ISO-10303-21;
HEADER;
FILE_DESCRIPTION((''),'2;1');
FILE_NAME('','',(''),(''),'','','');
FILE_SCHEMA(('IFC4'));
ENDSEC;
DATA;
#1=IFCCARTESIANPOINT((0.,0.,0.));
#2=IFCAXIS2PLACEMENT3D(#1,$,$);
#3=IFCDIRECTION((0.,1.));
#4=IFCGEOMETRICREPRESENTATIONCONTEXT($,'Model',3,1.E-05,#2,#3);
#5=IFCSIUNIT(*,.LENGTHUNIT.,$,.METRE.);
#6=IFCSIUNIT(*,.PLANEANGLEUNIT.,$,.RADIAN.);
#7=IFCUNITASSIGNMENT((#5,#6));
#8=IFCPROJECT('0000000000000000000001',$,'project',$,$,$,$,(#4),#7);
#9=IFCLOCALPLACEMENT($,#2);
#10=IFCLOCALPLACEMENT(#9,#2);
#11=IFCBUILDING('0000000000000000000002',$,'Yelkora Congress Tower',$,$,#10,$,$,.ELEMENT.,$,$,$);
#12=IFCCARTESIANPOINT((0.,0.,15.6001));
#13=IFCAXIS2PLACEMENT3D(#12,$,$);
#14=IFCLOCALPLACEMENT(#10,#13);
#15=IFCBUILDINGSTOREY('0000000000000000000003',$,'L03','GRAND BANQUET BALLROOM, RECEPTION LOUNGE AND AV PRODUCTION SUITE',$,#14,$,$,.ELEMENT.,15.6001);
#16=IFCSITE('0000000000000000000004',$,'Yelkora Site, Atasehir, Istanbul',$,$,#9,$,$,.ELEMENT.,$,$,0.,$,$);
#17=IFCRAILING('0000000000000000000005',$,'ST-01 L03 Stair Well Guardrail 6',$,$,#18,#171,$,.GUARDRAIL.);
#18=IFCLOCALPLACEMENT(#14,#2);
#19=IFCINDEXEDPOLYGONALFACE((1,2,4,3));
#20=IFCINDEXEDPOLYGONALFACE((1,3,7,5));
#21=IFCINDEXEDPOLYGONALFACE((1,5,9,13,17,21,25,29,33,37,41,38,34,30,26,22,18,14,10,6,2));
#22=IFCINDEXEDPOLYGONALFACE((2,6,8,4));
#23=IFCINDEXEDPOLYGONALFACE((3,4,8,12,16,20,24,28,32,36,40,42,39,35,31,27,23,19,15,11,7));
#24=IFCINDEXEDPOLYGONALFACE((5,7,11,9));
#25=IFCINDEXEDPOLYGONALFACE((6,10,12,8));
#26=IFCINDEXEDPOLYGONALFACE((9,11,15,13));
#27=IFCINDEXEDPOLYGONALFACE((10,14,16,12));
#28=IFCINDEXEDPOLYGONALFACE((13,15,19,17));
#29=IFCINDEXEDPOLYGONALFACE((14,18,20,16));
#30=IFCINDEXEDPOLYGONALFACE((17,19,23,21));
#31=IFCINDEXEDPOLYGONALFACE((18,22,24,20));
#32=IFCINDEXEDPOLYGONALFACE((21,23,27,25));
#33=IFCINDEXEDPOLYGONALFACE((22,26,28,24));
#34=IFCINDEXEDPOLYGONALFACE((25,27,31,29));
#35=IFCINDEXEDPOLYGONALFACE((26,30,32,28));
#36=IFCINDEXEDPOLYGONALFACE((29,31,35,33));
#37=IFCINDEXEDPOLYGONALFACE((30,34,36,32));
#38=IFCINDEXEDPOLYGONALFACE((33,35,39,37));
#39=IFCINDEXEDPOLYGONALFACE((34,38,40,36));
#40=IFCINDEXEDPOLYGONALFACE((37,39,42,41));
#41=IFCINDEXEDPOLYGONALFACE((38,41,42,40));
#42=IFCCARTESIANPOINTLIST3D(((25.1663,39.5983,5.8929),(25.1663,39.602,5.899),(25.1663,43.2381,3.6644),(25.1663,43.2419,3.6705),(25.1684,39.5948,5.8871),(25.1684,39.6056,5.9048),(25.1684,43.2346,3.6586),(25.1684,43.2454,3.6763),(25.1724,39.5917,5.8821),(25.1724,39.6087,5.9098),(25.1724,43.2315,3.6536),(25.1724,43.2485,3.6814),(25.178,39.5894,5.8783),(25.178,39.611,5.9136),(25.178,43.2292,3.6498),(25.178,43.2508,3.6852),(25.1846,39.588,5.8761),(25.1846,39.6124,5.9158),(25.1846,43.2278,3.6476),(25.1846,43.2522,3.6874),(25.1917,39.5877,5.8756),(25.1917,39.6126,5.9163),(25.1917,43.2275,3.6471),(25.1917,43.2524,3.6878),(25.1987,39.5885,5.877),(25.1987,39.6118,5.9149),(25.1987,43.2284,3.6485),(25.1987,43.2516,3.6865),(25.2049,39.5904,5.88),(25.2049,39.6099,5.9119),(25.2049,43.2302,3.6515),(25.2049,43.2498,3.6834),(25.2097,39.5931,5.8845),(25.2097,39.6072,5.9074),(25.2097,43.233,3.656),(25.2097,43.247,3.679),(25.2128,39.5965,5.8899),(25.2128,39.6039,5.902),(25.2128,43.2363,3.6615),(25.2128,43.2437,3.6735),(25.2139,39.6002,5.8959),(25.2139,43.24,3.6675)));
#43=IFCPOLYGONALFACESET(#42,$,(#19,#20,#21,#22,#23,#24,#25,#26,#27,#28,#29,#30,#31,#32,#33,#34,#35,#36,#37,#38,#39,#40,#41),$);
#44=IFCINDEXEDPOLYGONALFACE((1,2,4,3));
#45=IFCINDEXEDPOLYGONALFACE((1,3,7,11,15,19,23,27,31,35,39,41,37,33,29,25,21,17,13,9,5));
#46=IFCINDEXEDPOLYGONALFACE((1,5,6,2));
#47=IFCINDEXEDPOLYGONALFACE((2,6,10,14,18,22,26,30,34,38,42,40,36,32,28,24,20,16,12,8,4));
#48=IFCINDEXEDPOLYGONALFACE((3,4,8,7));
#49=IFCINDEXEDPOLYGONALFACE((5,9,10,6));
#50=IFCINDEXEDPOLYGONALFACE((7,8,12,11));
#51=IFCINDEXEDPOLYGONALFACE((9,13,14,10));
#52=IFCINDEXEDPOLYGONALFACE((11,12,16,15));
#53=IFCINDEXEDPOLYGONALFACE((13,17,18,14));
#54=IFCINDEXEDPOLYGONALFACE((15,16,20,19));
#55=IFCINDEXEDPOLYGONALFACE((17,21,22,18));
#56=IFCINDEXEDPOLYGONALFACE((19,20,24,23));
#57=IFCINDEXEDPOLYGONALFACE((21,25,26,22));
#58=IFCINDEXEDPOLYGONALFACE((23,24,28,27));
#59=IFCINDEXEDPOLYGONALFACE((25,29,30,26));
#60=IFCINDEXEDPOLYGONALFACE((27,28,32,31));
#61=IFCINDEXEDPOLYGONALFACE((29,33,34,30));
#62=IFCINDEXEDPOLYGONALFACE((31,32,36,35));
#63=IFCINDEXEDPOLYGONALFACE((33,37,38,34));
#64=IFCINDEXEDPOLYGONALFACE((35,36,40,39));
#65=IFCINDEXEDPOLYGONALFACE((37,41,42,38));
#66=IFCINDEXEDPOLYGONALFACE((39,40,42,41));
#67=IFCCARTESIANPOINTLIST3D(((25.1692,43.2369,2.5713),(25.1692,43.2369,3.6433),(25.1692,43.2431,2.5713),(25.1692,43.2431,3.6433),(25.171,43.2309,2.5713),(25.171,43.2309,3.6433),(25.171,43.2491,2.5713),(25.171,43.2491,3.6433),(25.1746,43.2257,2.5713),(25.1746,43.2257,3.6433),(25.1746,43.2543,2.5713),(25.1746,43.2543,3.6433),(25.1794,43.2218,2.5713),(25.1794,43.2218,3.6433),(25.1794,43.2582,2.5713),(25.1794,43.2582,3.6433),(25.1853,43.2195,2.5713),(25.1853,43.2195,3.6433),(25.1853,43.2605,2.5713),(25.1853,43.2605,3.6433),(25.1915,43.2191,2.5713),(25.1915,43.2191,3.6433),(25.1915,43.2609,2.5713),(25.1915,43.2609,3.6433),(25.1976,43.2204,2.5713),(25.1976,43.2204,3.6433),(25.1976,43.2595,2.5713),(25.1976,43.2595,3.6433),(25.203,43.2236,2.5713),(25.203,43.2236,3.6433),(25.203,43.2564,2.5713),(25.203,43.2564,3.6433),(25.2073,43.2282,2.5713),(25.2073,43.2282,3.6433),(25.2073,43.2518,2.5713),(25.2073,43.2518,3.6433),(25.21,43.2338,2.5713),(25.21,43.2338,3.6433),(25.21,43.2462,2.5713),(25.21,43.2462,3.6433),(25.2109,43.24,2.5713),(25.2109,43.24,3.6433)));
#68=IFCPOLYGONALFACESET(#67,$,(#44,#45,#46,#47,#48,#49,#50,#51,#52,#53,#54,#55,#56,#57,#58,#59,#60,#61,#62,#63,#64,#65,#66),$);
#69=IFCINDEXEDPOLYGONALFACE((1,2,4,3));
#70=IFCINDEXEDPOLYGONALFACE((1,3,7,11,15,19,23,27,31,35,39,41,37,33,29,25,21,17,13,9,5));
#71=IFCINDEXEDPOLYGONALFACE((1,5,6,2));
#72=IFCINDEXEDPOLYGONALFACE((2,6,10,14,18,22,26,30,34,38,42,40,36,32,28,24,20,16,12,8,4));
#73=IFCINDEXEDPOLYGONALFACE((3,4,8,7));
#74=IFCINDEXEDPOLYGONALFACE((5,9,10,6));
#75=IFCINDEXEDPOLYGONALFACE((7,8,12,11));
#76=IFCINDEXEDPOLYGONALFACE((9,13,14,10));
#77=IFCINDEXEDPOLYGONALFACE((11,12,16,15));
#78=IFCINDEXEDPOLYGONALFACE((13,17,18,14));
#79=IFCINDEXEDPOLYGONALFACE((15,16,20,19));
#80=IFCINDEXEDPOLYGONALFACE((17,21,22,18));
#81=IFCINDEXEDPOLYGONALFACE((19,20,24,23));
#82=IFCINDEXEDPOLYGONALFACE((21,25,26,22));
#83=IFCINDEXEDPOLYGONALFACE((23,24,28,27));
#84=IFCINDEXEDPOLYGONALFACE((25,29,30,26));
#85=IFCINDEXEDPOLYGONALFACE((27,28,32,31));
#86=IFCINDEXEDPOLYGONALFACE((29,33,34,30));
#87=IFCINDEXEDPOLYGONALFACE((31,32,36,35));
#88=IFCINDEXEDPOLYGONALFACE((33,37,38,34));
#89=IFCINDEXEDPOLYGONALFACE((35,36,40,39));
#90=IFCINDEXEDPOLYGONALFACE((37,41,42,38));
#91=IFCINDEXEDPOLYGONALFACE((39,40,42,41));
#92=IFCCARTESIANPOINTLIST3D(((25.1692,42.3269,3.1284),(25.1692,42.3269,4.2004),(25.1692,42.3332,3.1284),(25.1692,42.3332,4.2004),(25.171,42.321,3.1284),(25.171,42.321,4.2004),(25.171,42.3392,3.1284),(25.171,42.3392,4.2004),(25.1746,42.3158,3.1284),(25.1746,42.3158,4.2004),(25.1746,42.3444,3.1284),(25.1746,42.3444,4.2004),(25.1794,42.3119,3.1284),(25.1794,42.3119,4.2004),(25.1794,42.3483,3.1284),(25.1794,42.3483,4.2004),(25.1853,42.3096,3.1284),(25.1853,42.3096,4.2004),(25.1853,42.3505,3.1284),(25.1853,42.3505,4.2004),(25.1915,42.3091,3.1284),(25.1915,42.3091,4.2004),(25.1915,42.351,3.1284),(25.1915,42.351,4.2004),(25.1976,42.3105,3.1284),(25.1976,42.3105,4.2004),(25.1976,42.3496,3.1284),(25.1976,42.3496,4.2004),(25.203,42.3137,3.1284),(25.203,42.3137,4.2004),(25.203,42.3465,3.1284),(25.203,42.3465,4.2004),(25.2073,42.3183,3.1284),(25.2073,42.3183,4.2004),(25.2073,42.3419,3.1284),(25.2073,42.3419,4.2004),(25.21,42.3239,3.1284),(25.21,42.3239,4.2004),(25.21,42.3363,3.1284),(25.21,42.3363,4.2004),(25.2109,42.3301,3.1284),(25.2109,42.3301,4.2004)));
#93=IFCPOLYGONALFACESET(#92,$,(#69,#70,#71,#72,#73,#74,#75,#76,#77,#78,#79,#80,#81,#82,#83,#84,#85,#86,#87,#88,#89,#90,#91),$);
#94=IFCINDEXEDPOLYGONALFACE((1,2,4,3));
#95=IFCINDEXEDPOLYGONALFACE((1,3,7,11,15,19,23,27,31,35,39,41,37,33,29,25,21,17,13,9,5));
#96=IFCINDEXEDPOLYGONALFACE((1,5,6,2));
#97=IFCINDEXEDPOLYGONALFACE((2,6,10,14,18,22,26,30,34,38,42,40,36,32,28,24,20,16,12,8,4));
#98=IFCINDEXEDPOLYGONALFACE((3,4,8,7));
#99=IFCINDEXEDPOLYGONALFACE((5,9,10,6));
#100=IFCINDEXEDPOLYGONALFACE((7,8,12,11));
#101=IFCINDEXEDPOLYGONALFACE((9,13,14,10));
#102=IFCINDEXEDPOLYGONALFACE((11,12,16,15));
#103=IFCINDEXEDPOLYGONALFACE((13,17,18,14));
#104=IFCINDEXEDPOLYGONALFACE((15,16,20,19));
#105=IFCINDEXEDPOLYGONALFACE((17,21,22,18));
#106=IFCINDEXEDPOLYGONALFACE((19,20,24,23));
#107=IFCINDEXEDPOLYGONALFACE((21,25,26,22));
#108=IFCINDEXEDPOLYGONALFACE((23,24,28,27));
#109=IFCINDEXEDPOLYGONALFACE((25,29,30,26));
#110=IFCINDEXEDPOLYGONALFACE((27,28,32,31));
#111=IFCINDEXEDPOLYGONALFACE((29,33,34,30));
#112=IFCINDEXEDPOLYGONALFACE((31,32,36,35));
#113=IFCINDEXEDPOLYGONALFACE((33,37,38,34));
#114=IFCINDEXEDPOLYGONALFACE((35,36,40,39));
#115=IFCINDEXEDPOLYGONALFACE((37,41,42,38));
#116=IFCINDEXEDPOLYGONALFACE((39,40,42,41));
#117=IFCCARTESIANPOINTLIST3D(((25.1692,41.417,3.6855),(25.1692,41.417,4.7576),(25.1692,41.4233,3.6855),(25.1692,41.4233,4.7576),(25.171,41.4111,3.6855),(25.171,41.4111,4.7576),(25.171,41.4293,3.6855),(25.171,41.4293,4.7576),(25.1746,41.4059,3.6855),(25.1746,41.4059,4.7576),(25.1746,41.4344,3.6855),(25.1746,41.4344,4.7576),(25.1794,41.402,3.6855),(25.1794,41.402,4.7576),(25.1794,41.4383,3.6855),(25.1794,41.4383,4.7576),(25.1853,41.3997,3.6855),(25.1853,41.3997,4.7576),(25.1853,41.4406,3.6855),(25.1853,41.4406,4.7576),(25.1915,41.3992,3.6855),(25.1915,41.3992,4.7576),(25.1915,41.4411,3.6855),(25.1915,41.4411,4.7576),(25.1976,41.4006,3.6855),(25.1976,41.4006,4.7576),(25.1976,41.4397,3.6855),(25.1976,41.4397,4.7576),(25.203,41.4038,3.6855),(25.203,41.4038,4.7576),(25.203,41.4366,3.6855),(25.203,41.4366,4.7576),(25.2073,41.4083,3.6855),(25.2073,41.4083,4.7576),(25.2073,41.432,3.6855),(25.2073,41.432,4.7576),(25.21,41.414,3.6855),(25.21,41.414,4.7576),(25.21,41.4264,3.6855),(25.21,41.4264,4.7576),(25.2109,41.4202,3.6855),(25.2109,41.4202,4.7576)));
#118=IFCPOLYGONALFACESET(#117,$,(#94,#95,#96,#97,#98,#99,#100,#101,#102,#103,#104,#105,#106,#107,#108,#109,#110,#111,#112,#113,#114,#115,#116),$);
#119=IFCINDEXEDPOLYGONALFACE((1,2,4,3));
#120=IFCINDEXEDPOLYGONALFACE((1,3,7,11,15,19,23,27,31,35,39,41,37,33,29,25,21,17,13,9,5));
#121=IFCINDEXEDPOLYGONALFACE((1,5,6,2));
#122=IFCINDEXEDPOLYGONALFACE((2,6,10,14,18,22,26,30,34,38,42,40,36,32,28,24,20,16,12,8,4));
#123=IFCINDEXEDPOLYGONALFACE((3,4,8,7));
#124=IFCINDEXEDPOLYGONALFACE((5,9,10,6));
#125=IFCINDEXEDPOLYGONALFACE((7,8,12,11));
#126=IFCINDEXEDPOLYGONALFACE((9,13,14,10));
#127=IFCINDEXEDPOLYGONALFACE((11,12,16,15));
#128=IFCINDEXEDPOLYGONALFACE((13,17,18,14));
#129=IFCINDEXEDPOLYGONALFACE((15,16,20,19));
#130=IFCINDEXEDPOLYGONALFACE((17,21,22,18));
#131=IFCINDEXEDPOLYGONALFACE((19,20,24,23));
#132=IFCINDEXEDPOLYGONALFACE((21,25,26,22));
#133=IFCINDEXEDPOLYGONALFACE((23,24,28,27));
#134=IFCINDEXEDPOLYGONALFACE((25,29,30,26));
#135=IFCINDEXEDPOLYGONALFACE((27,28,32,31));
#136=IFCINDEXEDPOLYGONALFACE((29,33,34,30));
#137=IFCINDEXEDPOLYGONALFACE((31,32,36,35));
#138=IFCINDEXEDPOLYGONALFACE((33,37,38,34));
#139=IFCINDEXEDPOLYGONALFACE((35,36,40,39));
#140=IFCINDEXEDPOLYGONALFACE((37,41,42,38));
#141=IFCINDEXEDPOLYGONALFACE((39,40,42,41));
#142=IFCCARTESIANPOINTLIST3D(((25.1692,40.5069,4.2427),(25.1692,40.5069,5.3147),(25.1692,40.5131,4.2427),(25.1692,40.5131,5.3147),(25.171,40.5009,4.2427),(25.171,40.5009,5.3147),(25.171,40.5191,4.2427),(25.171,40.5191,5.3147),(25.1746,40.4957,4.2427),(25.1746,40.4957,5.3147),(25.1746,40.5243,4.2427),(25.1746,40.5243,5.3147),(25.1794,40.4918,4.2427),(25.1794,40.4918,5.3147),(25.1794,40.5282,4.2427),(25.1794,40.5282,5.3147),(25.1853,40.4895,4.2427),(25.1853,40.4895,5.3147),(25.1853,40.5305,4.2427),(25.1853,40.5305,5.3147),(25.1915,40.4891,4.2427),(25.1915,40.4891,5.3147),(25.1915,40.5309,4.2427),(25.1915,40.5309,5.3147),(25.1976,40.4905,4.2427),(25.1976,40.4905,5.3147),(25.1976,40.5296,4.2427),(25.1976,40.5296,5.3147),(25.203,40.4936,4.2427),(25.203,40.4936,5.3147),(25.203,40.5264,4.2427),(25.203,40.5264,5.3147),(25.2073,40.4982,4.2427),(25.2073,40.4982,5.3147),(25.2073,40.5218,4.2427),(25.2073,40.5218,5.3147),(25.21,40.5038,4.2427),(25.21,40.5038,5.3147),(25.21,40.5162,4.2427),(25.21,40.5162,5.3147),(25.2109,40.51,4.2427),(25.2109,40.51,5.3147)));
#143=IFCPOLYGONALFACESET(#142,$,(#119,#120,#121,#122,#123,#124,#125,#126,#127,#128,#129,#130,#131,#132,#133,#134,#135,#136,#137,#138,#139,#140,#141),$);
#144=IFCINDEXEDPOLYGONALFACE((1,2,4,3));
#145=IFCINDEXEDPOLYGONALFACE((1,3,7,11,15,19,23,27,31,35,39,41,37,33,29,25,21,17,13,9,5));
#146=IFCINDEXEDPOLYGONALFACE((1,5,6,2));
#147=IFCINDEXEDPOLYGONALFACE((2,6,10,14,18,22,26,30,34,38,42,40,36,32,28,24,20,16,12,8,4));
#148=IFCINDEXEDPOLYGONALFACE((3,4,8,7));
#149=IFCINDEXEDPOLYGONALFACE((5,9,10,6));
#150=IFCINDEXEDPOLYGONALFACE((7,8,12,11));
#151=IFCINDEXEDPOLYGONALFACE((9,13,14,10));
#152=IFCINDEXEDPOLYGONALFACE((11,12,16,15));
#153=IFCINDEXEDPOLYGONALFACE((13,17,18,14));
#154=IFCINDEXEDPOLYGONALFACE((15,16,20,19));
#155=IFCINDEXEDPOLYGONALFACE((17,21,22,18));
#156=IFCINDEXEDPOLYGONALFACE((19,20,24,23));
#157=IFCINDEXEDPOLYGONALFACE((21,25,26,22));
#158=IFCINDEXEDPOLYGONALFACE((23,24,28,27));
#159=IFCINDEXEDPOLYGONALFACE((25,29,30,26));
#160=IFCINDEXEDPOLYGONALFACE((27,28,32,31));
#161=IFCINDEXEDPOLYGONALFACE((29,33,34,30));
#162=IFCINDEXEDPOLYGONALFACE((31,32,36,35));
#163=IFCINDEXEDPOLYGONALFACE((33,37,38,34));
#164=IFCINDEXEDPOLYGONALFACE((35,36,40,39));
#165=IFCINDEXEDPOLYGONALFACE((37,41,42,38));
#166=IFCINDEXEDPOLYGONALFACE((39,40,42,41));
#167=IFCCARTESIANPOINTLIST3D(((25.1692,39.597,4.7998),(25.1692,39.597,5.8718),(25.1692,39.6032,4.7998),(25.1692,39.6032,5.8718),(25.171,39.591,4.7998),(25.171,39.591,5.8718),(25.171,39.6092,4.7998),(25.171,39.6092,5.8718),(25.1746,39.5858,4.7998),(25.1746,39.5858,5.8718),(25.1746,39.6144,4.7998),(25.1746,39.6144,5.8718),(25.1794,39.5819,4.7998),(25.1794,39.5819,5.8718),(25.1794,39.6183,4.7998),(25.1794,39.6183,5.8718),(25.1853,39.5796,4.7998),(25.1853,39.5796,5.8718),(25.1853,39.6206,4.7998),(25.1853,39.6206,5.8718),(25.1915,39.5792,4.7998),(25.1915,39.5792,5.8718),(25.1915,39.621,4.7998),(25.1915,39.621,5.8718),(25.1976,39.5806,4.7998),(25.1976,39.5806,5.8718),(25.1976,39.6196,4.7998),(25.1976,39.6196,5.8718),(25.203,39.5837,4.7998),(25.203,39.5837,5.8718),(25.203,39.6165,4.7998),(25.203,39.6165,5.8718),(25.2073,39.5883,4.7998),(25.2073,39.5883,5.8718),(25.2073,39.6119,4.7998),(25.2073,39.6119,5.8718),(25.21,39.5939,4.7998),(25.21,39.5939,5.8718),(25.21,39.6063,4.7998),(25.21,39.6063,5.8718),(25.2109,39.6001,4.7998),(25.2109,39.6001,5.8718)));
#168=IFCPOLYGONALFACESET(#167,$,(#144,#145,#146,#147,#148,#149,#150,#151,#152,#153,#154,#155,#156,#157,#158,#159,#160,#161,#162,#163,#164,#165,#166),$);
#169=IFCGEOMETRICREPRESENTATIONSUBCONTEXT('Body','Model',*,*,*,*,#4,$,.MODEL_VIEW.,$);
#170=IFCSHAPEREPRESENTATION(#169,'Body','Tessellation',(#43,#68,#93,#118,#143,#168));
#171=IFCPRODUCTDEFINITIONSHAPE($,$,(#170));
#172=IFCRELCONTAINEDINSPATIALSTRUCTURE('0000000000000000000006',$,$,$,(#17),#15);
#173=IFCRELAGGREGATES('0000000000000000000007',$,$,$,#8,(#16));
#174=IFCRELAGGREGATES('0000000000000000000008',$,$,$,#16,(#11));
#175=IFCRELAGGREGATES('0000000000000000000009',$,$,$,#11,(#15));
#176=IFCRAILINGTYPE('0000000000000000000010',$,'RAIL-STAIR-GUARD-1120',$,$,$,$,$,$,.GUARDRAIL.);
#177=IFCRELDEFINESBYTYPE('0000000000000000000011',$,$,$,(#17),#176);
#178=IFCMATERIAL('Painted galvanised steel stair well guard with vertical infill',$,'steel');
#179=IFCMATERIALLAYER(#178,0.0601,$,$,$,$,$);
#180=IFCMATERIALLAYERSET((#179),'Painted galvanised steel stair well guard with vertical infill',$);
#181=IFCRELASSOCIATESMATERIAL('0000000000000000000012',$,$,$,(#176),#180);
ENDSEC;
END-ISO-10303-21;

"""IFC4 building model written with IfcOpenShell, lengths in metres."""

from ifc_helpers import new_model, si_unit, direction, frame, origin, origin_2d, place, context, subcontext, project, spatial, circle, extrude, material, layer, layer_set, type_object, element, save


model = new_model("IFC4")

# Units and contexts
model_context = context("Model", 3, precision=1e-05, world=origin(), true_north=direction((0.0, 1.0)))
body_context = subcontext(model_context, "Body", "Model", "MODEL_VIEW")
ifc_project = project(units=[si_unit("LENGTHUNIT", "METRE"), si_unit("PLANEANGLEUNIT", "RADIAN")], contexts=[model_context])

# Site, building, storey
site_placement = place(None, origin())
site = spatial("IfcSite", under=ifc_project, at=site_placement, Name="Yelkora Site, Atasehir, Istanbul", CompositionType="ELEMENT", RefElevation=0.0)
building_placement = place(site_placement, origin())
building = spatial("IfcBuilding", under=site, at=building_placement, Name="Yelkora Congress Tower", CompositionType="ELEMENT")
storey_placement = place(building_placement, frame((0.0, 0.0, 15.6001)))
storey = spatial("IfcBuildingStorey", under=building, at=storey_placement, Name="L03", Description="GRAND BANQUET BALLROOM, RECEPTION LOUNGE AND AV PRODUCTION SUITE", CompositionType="ELEMENT", Elevation=15.6001)

# Railing
ifc_material_1 = material(Name="Painted galvanised steel stair well guard with vertical infill", Category="steel")
ifc_layer_1 = layer(ifc_material_1, 0.0601)
ifc_layer_set_1 = layer_set([ifc_layer_1], Name="Painted galvanised steel stair well guard with vertical infill")
railing_type_1 = type_object("IfcRailingType", Name="RAIL-STAIR-GUARD-1120", PredefinedType="GUARDRAIL", material=ifc_layer_set_1)
railing_1_placement = place(storey_placement, frame((25.1899, 43.24, 2.5713)))
element("IfcRailing", 1, at=railing_1_placement, inside=storey, type_object=railing_type_1, Name="ST-01 L03 Stair Well Guardrail 6", PredefinedType="GUARDRAIL", context=body_context, shape_type="SweptSolid", body=[
    extrude(circle(Radius=0.0239, at=origin_2d()), frame((0.0, 0.0, 1.0962), z_axis=(0.0, -0.85285, 0.522156), x_axis=(1.0, 0.0, 0.0)), (0.0, 0.0, 1.0), 4.2678),
    extrude(circle(Radius=0.021, at=origin_2d()), origin(), (0.0, 0.0, 1.0), 1.072),
    extrude(circle(Radius=0.021, at=origin_2d()), frame((0.0, -0.9099, 0.5571)), (0.0, 0.0, 1.0), 1.072),
    extrude(circle(Radius=0.021, at=origin_2d()), frame((0.0, -1.8198, 1.1143)), (0.0, 0.0, 1.0), 1.072),
    extrude(circle(Radius=0.021, at=origin_2d()), frame((0.0, -2.73, 1.6714)), (0.0, 0.0, 1.0), 1.072),
    extrude(circle(Radius=0.021, at=origin_2d()), frame((0.0, -3.6399, 2.2285)), (0.0, 0.0, 1.0), 1.072),
])

save(model, "model.ifc")
